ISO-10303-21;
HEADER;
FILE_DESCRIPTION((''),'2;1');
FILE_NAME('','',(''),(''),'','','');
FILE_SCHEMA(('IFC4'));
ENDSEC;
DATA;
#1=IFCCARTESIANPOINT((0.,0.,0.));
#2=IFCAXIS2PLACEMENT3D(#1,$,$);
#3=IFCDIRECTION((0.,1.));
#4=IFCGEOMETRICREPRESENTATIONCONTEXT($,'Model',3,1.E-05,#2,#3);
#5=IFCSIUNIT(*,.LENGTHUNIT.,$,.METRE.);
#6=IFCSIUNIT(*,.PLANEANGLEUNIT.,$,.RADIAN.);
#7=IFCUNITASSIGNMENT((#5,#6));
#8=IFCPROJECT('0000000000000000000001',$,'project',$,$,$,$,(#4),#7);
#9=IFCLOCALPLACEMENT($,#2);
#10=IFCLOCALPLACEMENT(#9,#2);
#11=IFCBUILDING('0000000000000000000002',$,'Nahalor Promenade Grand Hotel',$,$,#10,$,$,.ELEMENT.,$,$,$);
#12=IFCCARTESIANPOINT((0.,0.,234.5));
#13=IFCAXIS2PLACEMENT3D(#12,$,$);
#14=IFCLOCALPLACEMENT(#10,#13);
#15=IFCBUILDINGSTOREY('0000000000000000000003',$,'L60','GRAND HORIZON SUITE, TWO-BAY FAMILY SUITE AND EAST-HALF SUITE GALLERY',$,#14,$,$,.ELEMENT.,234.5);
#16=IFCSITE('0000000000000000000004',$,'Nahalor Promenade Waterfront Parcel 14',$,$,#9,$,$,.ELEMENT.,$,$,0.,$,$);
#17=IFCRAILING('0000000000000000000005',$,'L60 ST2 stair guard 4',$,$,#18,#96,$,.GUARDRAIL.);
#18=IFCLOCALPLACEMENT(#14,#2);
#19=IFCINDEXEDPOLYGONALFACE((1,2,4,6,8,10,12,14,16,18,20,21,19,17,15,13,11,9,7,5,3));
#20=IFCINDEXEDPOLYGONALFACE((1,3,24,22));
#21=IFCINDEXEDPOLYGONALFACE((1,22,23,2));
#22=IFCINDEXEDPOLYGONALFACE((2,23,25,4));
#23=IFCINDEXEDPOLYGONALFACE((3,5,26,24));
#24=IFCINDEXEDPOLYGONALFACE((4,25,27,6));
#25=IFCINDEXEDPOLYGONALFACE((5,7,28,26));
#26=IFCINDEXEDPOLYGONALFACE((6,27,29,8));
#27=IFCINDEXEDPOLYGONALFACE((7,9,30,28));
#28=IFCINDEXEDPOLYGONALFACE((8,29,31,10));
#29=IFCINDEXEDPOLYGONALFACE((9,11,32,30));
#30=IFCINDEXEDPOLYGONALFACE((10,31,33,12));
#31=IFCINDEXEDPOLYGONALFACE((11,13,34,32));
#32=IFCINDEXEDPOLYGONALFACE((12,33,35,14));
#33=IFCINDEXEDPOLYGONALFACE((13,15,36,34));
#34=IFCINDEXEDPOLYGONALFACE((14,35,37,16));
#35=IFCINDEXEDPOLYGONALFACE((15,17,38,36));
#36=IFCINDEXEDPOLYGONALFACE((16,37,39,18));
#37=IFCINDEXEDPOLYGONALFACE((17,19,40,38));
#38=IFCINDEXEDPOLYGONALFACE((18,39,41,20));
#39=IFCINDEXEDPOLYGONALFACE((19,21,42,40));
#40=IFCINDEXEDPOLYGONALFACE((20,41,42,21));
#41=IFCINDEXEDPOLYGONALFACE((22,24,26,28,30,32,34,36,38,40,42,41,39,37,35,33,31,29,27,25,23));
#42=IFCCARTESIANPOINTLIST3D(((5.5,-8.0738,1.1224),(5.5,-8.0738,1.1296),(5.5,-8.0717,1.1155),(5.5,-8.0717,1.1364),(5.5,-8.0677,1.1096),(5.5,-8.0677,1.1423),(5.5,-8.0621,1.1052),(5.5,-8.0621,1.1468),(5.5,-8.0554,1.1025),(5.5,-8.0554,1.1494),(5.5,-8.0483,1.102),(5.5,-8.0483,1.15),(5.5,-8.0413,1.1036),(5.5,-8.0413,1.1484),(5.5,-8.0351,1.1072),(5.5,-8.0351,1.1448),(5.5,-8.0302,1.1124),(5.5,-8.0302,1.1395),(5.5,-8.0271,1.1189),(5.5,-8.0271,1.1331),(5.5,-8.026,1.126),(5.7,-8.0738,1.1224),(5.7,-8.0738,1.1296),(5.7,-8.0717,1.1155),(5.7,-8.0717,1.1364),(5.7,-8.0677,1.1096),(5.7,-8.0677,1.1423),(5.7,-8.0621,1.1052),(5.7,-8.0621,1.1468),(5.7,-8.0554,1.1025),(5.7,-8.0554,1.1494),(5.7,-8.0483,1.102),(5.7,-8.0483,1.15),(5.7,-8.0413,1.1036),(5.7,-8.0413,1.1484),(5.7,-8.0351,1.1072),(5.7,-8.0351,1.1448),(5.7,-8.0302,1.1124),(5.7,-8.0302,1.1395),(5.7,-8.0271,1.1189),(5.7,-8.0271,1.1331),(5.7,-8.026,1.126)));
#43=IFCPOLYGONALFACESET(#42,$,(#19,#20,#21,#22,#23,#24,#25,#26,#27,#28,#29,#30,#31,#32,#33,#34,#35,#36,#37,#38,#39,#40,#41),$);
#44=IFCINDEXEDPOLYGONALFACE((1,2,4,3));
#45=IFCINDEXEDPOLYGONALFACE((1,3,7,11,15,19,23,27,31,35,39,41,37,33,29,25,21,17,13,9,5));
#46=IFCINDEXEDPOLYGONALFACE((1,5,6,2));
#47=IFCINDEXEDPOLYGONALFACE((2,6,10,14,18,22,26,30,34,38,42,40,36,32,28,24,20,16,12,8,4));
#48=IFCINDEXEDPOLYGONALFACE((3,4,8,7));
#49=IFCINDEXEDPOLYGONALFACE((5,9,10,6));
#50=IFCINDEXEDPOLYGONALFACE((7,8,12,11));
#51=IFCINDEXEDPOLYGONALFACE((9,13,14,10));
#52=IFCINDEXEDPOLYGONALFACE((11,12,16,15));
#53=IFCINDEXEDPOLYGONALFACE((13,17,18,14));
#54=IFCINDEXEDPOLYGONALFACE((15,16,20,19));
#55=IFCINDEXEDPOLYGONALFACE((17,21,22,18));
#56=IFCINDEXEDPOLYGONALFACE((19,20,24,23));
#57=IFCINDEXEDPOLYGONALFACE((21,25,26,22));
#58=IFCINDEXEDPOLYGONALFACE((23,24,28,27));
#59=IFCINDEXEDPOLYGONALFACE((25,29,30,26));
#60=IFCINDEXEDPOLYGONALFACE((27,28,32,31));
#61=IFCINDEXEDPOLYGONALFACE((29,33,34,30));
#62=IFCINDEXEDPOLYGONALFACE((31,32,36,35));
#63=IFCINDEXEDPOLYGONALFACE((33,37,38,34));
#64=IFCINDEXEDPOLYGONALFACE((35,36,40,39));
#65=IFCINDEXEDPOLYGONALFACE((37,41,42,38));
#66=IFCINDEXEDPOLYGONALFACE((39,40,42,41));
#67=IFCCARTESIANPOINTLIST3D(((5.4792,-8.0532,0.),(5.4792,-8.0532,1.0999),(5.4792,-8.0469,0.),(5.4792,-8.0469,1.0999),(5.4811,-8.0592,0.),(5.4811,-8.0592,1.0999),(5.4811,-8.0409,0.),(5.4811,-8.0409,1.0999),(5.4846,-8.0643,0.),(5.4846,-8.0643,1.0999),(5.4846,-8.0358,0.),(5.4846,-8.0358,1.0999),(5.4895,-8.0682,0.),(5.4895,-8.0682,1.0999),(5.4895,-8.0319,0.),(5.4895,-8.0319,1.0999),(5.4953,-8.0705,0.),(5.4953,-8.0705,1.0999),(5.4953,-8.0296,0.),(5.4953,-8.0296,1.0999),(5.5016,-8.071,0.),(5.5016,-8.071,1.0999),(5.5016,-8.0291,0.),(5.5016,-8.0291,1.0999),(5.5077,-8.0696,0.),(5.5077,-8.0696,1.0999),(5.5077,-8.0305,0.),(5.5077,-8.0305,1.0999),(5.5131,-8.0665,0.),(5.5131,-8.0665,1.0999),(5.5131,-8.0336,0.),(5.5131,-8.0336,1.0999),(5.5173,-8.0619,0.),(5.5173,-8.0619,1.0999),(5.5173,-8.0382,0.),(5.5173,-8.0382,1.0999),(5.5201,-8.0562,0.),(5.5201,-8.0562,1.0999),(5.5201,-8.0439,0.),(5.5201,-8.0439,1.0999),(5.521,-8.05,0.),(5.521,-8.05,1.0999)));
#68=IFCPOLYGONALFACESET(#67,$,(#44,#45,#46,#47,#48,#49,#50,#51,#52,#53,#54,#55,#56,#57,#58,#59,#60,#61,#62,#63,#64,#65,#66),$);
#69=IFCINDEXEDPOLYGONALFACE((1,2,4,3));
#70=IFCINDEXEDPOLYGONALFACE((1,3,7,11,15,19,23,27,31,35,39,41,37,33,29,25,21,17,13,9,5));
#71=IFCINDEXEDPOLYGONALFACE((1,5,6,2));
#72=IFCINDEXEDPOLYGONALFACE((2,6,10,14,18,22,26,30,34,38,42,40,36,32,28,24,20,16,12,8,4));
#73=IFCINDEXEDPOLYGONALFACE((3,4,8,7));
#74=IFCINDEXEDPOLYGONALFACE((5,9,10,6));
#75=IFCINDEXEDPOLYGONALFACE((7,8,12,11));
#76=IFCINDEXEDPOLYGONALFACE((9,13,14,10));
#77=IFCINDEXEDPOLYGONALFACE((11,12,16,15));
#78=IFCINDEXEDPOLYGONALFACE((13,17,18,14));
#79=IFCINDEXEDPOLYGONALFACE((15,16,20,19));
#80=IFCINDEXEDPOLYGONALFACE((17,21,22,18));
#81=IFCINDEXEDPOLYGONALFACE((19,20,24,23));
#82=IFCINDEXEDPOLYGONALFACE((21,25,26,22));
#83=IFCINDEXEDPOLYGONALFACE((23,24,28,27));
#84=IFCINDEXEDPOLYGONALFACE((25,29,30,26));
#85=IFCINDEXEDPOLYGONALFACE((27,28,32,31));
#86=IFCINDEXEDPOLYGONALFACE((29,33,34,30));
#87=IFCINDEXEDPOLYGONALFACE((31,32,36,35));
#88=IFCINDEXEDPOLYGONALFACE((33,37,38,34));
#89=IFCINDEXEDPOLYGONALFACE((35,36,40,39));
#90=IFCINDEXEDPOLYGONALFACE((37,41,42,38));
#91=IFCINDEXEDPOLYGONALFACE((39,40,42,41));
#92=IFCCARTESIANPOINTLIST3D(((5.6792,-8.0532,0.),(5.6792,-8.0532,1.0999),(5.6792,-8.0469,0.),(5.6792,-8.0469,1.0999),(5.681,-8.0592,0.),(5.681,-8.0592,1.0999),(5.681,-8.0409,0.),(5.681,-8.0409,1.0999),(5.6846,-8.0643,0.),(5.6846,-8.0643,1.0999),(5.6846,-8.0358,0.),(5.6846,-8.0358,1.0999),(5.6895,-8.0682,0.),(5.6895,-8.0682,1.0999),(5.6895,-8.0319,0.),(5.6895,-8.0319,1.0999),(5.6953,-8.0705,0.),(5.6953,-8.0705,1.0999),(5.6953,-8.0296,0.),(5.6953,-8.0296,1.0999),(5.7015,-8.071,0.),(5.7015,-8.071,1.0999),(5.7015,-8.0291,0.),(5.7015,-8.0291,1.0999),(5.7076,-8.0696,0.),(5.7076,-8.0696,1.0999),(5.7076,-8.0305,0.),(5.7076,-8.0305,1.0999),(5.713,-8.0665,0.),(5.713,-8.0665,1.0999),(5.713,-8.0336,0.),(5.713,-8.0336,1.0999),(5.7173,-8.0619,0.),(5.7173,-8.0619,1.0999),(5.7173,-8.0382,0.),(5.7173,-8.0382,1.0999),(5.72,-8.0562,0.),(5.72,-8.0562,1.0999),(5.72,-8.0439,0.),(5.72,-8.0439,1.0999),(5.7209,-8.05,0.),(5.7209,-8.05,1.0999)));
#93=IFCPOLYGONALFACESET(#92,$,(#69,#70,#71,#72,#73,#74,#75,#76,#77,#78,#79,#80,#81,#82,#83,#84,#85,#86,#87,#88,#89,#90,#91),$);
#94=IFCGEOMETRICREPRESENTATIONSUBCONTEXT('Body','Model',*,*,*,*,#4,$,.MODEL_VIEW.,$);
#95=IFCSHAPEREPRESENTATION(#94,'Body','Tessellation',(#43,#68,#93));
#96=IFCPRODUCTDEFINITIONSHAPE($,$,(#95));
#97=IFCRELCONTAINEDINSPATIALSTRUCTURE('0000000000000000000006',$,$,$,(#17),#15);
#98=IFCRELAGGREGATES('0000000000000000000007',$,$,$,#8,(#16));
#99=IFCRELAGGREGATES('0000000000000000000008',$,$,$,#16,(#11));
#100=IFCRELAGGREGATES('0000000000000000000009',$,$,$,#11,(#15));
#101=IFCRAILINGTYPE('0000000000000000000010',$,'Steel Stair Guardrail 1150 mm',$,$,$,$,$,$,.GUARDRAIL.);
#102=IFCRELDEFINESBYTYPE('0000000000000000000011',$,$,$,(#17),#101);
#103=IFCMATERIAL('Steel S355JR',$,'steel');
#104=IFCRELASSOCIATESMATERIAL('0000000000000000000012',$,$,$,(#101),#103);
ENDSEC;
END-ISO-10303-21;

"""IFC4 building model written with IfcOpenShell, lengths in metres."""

from ifc_helpers import new_model, si_unit, direction, frame, origin, origin_2d, place, context, subcontext, project, spatial, circle, extrude, material, type_object, element, save


model = new_model("IFC4")

# Units and contexts
model_context = context("Model", 3, precision=1e-05, world=origin(), true_north=direction((0.0, 1.0)))
body_context = subcontext(model_context, "Body", "Model", "MODEL_VIEW")
ifc_project = project(units=[si_unit("LENGTHUNIT", "METRE"), si_unit("PLANEANGLEUNIT", "RADIAN")], contexts=[model_context])

# Site, building, storey
site_placement = place(None, origin())
site = spatial("IfcSite", under=ifc_project, at=site_placement, Name="Nahalor Promenade Waterfront Parcel 14", CompositionType="ELEMENT", RefElevation=0.0)
building_placement = place(site_placement, origin())
building = spatial("IfcBuilding", under=site, at=building_placement, Name="Nahalor Promenade Grand Hotel", CompositionType="ELEMENT")
storey_placement = place(building_placement, frame((0.0, 0.0, 234.5)))
storey = spatial("IfcBuildingStorey", under=building, at=storey_placement, Name="L60", Description="GRAND HORIZON SUITE, TWO-BAY FAMILY SUITE AND EAST-HALF SUITE GALLERY", CompositionType="ELEMENT", Elevation=234.5)

# Shared definitions
ifc_material_1 = material(Name="Steel S355JR", Category="steel")

# Railing
railing_type_1 = type_object("IfcRailingType", Name="Steel Stair Guardrail 1150 mm", PredefinedType="GUARDRAIL", material=ifc_material_1)
railing_1_placement = place(storey_placement, frame((5.5, -8.05, 0.0)))
element("IfcRailing", 1, at=railing_1_placement, inside=storey, type_object=railing_type_1, Name="L60 ST2 stair guard 4", PredefinedType="GUARDRAIL", context=body_context, shape_type="SweptSolid", body=[
    extrude(circle(Radius=0.024, at=origin_2d()), frame((0.0, 0.0, 1.126), z_axis=(1.0, 0.0, 0.0), x_axis=(0.0, 1.0, 0.0)), (0.0, 0.0, 1.0), 0.2),
    extrude(circle(Radius=0.021, at=origin_2d()), origin(), (0.0, 0.0, 1.0), 1.0999),
    extrude(circle(Radius=0.021, at=origin_2d()), frame((0.2, 0.0, 0.0)), (0.0, 0.0, 1.0), 1.0999),
])

save(model, "model.ifc")
